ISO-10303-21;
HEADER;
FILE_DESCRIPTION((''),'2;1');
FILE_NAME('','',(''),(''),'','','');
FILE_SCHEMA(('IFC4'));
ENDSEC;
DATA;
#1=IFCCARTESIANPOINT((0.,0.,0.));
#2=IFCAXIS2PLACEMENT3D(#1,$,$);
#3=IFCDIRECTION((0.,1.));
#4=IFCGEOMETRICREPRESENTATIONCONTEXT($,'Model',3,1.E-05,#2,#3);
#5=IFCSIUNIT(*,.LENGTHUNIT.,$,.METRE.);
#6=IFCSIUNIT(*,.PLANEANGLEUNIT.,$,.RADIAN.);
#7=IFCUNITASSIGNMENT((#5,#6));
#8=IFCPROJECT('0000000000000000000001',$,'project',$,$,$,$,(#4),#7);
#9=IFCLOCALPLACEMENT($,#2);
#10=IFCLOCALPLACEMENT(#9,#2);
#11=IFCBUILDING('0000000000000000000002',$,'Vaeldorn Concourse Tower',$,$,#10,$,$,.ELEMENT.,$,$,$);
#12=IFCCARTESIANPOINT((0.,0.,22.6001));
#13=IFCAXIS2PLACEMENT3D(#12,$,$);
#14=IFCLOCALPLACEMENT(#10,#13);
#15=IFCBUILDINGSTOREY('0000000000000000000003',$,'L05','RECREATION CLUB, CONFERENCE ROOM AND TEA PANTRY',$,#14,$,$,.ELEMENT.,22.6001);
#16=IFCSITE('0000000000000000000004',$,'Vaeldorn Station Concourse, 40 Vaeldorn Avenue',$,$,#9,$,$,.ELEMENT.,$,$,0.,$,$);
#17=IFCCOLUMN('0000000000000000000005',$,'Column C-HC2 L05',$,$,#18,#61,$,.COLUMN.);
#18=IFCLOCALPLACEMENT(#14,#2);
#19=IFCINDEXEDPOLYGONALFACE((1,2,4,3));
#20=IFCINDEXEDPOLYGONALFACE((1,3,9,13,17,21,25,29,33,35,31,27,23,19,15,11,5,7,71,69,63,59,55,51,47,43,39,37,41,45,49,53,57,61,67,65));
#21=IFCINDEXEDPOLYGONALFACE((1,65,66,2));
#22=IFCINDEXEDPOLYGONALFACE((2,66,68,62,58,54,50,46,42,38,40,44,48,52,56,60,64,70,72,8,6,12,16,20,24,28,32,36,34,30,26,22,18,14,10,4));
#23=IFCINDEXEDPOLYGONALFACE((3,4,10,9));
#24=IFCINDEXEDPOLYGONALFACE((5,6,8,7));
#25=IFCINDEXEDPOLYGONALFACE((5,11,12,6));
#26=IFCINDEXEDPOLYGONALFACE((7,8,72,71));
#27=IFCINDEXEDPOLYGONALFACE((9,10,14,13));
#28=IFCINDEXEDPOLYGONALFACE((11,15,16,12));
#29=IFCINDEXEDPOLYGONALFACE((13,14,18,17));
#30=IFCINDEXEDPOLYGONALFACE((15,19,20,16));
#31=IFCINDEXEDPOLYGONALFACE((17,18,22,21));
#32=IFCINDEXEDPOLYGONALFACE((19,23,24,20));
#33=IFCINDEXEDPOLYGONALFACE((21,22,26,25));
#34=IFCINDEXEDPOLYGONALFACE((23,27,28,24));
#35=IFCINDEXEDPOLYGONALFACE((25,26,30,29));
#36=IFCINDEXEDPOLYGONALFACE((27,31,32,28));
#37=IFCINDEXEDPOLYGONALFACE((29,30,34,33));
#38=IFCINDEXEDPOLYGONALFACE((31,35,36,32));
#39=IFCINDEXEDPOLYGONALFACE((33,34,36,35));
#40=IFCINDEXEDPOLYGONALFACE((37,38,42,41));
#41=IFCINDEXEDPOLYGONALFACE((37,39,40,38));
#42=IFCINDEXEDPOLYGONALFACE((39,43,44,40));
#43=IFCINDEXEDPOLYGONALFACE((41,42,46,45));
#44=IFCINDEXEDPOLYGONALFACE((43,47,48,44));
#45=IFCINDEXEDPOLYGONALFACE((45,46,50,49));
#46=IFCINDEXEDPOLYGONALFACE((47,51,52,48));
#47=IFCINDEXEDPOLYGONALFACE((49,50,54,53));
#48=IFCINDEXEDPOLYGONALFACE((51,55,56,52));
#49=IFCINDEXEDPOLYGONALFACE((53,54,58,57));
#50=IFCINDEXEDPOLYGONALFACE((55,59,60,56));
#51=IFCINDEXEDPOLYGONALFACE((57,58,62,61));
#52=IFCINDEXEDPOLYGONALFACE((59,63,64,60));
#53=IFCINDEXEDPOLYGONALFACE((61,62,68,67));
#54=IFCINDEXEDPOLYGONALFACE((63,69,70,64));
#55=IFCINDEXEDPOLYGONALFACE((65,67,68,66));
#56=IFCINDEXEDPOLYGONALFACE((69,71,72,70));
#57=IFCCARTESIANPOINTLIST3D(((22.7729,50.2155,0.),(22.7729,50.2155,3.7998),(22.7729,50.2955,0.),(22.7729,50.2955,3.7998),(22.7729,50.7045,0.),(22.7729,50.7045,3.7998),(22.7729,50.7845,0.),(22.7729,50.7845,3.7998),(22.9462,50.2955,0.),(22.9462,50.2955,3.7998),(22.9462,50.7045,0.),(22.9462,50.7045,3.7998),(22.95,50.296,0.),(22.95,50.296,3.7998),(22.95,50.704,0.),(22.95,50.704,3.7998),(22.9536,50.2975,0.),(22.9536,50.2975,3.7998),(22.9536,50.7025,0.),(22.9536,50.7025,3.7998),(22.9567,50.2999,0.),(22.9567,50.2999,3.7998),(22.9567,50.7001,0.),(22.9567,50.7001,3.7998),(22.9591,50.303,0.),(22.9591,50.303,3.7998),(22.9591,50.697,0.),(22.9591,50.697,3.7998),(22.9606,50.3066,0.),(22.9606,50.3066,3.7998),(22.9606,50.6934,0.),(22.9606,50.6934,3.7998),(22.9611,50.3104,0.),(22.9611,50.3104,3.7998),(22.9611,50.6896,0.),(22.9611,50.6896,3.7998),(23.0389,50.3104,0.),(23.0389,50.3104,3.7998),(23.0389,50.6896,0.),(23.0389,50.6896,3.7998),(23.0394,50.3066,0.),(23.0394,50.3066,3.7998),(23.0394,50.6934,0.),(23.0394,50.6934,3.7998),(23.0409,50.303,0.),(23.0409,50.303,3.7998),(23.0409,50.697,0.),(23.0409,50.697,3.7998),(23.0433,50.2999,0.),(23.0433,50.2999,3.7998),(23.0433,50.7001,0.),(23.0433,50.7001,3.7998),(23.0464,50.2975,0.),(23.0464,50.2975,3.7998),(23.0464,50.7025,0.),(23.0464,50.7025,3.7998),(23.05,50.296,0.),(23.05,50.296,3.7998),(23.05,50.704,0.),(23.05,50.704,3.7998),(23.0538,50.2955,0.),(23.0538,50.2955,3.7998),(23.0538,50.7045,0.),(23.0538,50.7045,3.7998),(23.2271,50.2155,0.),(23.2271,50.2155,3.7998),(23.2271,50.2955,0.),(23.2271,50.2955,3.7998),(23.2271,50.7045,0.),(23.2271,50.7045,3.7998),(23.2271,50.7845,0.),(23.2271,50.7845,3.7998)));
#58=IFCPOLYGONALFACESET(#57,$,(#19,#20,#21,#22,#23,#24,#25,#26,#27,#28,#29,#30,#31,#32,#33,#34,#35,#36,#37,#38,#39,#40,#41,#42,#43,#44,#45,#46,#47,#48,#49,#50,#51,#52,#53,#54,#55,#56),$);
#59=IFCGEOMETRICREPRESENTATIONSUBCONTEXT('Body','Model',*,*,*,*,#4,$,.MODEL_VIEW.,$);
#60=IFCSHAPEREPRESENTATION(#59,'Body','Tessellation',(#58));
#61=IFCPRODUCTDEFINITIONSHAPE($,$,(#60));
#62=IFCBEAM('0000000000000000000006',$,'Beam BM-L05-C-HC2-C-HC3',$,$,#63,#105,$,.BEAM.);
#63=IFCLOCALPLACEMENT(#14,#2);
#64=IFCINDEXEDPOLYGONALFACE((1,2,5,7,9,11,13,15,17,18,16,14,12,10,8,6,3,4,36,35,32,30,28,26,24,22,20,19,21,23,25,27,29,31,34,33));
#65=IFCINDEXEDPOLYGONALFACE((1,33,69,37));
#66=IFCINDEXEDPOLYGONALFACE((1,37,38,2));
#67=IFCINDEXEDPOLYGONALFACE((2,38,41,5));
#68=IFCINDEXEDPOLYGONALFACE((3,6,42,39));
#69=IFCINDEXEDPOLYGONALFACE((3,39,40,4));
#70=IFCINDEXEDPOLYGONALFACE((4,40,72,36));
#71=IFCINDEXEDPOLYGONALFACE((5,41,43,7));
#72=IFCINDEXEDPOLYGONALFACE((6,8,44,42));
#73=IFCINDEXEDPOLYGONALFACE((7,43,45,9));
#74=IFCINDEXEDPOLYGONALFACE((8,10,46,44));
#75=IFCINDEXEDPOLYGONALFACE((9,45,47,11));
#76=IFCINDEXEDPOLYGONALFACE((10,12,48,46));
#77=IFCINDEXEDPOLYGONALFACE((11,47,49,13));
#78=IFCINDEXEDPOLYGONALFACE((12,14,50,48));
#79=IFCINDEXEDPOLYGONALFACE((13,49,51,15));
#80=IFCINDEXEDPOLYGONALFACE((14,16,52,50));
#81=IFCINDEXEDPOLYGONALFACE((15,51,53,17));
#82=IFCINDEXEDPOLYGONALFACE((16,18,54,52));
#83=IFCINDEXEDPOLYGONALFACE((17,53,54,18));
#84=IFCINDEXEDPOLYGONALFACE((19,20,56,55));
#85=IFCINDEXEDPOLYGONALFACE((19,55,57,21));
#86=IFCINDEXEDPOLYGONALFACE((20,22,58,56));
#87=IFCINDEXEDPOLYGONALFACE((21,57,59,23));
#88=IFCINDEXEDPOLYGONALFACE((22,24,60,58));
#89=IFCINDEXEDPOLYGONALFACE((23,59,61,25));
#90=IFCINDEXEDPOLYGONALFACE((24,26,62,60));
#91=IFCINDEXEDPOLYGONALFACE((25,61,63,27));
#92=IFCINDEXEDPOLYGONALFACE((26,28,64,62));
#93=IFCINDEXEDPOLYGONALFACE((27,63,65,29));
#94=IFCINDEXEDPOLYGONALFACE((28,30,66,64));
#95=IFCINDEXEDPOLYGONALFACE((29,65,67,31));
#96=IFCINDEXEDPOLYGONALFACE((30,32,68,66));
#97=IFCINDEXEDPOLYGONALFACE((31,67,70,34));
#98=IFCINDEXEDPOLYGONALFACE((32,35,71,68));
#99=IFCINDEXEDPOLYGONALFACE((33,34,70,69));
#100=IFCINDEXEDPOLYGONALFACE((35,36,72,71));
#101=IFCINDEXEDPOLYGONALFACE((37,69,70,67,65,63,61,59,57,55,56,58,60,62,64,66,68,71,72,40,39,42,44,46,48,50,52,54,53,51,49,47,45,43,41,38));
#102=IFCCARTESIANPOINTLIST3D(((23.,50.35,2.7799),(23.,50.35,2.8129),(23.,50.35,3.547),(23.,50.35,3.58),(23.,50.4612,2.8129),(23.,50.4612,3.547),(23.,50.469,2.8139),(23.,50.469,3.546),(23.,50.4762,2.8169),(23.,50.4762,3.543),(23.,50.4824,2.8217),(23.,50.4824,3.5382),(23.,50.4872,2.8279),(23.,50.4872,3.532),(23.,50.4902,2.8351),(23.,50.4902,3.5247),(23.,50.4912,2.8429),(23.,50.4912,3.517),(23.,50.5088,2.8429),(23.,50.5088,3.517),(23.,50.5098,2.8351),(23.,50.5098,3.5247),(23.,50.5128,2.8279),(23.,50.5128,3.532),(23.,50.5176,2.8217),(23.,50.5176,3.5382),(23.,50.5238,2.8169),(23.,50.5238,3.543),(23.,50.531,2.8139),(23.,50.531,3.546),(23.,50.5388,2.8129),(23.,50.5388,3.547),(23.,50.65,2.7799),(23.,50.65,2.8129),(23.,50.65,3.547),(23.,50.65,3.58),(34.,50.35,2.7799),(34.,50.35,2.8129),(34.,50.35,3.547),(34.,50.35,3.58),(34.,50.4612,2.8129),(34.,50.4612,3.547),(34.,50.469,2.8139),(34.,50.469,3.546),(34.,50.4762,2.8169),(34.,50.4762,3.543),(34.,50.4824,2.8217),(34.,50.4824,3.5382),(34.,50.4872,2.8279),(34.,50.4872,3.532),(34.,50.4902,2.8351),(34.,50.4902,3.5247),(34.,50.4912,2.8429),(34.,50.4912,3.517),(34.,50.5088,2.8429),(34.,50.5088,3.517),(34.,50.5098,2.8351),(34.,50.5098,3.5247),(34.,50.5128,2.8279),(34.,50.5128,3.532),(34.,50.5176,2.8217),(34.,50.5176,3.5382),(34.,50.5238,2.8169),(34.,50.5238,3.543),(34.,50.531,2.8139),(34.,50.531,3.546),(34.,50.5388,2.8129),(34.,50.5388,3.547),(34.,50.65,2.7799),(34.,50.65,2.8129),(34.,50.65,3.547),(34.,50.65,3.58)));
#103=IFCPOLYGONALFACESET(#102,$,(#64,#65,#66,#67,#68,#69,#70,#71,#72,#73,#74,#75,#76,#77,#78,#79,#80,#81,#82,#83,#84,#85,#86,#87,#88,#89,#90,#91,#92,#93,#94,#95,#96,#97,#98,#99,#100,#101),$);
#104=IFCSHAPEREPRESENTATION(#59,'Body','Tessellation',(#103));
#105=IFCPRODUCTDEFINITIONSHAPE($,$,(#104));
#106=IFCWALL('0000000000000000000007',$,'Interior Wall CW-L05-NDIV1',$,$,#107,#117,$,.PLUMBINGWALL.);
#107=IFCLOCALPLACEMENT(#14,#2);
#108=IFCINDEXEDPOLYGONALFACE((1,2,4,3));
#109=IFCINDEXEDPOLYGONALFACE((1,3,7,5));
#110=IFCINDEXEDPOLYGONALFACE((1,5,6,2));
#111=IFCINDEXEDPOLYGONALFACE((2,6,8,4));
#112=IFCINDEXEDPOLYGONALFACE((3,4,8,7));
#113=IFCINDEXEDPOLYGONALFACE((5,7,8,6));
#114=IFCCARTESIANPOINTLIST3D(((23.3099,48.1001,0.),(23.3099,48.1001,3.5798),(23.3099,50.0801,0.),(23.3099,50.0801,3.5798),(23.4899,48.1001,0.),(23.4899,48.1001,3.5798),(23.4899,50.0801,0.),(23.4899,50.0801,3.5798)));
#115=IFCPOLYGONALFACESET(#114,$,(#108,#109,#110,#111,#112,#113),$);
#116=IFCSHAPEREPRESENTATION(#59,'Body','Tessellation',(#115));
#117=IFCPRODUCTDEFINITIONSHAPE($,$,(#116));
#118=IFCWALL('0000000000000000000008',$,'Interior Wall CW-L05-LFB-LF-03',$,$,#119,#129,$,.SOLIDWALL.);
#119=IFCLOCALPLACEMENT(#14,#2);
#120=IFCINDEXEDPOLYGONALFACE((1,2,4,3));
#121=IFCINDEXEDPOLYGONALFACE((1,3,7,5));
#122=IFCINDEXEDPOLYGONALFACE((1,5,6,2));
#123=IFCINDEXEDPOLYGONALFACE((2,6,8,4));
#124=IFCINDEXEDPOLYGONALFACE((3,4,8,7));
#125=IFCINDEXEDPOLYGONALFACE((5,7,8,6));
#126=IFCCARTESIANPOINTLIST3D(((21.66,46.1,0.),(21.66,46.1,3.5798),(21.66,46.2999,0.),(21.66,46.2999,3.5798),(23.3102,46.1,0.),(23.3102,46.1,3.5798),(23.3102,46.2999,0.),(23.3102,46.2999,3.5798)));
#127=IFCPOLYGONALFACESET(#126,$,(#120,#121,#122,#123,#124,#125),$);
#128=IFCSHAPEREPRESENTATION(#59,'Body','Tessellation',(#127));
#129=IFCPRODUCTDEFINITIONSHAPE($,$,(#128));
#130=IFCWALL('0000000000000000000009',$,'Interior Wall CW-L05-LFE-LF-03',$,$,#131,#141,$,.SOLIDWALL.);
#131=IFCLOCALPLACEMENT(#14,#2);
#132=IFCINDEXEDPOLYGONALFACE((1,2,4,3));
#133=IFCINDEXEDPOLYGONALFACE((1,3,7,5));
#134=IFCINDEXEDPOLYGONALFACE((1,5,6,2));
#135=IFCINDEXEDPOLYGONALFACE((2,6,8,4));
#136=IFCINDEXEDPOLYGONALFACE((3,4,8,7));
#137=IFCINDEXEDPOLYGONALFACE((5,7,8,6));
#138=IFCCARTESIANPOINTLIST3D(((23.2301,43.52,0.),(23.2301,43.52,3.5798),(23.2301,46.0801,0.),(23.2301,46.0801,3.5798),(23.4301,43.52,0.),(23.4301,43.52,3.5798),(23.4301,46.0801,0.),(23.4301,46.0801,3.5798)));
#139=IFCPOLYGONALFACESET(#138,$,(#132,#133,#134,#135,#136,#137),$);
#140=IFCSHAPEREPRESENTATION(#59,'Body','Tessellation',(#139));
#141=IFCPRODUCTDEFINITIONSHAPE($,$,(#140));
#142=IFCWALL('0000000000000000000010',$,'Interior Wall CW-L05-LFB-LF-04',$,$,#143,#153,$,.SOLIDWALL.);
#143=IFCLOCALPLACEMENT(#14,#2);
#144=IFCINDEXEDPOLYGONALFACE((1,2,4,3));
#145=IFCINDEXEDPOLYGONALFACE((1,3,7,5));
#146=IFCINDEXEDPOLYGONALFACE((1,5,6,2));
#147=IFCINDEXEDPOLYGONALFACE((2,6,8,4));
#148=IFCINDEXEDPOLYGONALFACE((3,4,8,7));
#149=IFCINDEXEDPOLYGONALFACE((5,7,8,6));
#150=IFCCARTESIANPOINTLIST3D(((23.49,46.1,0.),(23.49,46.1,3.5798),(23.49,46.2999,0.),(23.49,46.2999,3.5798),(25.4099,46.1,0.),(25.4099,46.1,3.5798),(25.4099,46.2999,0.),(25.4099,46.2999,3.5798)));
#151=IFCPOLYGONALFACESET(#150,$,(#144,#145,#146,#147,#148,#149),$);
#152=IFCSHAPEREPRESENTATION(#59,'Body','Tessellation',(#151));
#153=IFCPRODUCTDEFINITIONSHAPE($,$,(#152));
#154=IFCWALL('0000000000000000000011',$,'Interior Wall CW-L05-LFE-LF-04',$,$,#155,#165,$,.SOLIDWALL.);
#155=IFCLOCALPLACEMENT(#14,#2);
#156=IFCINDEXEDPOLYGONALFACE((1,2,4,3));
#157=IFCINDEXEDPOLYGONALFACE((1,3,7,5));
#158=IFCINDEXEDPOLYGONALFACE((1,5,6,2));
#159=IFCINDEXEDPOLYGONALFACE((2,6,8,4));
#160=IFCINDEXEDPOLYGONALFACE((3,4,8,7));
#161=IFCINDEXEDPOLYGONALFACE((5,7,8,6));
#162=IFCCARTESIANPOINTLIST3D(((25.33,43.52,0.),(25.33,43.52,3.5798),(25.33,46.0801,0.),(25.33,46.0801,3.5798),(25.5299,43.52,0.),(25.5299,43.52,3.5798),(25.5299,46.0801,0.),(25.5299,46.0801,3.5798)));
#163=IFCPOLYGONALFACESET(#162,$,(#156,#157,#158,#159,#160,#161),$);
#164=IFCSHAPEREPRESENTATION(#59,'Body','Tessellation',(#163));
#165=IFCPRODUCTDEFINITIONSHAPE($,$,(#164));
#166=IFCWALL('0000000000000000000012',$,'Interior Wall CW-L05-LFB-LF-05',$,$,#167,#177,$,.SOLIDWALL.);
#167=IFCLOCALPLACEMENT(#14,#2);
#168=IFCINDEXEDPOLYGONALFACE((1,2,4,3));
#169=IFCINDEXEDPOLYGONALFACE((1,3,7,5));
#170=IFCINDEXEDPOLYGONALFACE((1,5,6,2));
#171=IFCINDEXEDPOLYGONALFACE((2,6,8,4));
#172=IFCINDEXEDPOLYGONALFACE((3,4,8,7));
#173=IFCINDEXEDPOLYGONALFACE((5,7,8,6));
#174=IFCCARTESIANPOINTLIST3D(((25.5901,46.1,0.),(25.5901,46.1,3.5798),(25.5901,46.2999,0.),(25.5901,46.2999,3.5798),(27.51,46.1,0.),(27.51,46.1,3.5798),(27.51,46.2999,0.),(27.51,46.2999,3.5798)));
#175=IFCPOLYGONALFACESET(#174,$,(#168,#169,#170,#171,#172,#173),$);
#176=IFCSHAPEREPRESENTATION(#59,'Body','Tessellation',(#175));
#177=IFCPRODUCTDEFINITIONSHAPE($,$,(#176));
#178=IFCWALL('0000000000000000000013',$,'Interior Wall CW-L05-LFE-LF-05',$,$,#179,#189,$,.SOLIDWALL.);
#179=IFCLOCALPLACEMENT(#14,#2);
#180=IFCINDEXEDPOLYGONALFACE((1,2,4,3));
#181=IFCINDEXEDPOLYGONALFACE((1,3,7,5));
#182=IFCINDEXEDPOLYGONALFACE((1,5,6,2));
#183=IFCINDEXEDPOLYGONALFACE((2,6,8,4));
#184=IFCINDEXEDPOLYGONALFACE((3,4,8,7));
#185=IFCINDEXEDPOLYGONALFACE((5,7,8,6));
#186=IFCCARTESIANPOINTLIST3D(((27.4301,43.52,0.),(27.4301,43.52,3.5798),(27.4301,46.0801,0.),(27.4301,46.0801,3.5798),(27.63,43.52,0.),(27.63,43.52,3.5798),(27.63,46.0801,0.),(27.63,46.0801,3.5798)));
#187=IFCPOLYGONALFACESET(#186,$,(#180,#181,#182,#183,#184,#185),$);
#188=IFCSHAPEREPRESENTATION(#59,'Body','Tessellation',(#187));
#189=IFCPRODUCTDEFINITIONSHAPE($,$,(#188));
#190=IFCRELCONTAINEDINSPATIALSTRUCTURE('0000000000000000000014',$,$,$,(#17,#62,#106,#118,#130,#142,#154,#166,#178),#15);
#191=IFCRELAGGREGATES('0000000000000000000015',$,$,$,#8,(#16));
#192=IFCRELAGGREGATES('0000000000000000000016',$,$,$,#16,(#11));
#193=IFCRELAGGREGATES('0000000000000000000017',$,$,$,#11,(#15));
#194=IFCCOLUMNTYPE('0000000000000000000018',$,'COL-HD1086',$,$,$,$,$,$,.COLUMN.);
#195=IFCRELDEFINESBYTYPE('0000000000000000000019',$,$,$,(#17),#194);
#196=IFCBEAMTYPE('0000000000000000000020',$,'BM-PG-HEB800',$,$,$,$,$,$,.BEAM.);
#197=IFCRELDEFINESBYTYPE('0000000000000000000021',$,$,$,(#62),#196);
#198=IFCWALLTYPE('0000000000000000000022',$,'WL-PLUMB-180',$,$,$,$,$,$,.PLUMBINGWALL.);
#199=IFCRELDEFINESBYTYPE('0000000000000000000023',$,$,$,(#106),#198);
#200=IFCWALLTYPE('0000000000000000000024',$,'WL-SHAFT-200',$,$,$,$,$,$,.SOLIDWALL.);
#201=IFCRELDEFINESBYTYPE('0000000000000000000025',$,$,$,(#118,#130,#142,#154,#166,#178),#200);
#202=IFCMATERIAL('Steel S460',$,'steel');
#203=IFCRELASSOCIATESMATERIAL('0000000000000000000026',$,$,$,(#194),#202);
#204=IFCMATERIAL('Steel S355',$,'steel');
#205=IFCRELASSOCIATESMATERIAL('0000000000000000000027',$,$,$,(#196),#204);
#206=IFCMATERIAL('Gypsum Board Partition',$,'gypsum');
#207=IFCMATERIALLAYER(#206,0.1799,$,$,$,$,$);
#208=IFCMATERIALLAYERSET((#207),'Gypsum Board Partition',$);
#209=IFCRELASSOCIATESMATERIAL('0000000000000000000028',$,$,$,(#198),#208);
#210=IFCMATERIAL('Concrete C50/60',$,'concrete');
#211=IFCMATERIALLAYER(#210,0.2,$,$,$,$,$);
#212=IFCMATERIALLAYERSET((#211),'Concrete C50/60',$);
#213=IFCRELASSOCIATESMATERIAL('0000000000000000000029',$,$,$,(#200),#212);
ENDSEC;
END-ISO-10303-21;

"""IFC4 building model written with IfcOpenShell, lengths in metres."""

from ifc_helpers import new_model, si_unit, direction, frame, frame_2d, origin, origin_2d, place, context, subcontext, project, spatial, rectangle, i_section, extrude, source, transform, mapped, material, layer, layer_set, material_profile, profile_set, type_object, element, save


model = new_model("IFC4")

# Units and contexts
model_context = context("Model", 3, precision=1e-05, world=origin(), true_north=direction((0.0, 1.0)))
body_context = subcontext(model_context, "Body", "Model", "MODEL_VIEW")
ifc_project = project(units=[si_unit("LENGTHUNIT", "METRE"), si_unit("PLANEANGLEUNIT", "RADIAN")], contexts=[model_context])

# Site, building, storey
site_placement = place(None, origin())
site = spatial("IfcSite", under=ifc_project, at=site_placement, Name="Vaeldorn Station Concourse, 40 Vaeldorn Avenue", CompositionType="ELEMENT", RefElevation=0.0)
building_placement = place(site_placement, origin())
building = spatial("IfcBuilding", under=site, at=building_placement, Name="Vaeldorn Concourse Tower", CompositionType="ELEMENT")
storey_placement = place(building_placement, frame((0.0, 0.0, 22.6001)))
storey = spatial("IfcBuildingStorey", under=building, at=storey_placement, Name="L05", Description="RECREATION CLUB, CONFERENCE ROOM AND TEA PANTRY", CompositionType="ELEMENT", Elevation=22.6001)

# Column
ifc_material_1 = material(Name="Steel S460", Category="steel")
ifc_material_profile_1 = material_profile(ifc_material_1, i_section(OverallWidth=0.4541, OverallDepth=0.5691, WebThickness=0.0779, FlangeThickness=0.0801, FilletRadius=0.0149, at=origin_2d()), Name="HD 400x1086")
ifc_profile_set_1 = profile_set([ifc_material_profile_1], Name="Steel S460")
column_type = type_object("IfcColumnType", Name="COL-HD1086", PredefinedType="COLUMN", material=ifc_profile_set_1)
shared_shape_1 = source(origin(), body_context, "Body", "SweptSolid", [
    extrude(i_section(OverallWidth=0.4541, OverallDepth=0.5691, WebThickness=0.0779, FlangeThickness=0.0801, FilletRadius=0.0149, at=origin_2d()), origin(), (0.0, 0.0, 1.0), 3.7998),
])
column_placement = place(storey_placement, frame((23.0, 50.5, 0.0), z_axis=(0.0, 0.0, 1.0), x_axis=(1.0, 0.0, 0.0)))
element("IfcColumn", 1, at=column_placement, inside=storey, type_object=column_type, Name="Column C-HC2 L05", PredefinedType="COLUMN", context=body_context, shape_type="MappedRepresentation", body=[
    mapped(shared_shape_1, transform((0.0, 0.0, 0.0), scale=1.0)),
])

# Beam
ifc_material_2 = material(Name="Steel S355", Category="steel")
ifc_material_profile_2 = material_profile(ifc_material_2, i_section(OverallWidth=0.3, OverallDepth=0.8, WebThickness=0.0176, FlangeThickness=0.033, FilletRadius=0.03, at=origin_2d()), Name="HEB 800")
ifc_profile_set_2 = profile_set([ifc_material_profile_2], Name="Steel S355")
beam_type = type_object("IfcBeamType", Name="BM-PG-HEB800", PredefinedType="BEAM", material=ifc_profile_set_2)
shared_shape_2 = source(origin(), body_context, "Body", "SweptSolid", [
    extrude(i_section(OverallWidth=0.3, OverallDepth=0.8, WebThickness=0.0176, FlangeThickness=0.033, FilletRadius=0.03, at=origin_2d()), origin(), (0.0, 0.0, 1.0), 11.0),
])
beam_placement = place(storey_placement, frame((23.0, 50.5, 3.1799), z_axis=(1.0, 0.0, 0.0), x_axis=(0.0, 1.0, 0.0)))
element("IfcBeam", 2, at=beam_placement, inside=storey, type_object=beam_type, Name="Beam BM-L05-C-HC2-C-HC3", PredefinedType="BEAM", context=body_context, shape_type="MappedRepresentation", body=[
    mapped(shared_shape_2, transform((0.0, 0.0, 0.0), scale=1.0)),
])

# Walls
ifc_material_3 = material(Name="Gypsum Board Partition", Category="gypsum")
ifc_layer_1 = layer(ifc_material_3, 0.1799)
ifc_layer_set_1 = layer_set([ifc_layer_1], Name="Gypsum Board Partition")
wall_type_1 = type_object("IfcWallType", Name="WL-PLUMB-180", PredefinedType="PLUMBINGWALL", material=ifc_layer_set_1)
wall_1_placement = place(storey_placement, frame((23.3999, 48.1001, 0.0), z_axis=(0.0, 0.0, 1.0), x_axis=(0.0, 1.0, 0.0)))
element("IfcWall", 3, at=wall_1_placement, inside=storey, type_object=wall_type_1, Name="Interior Wall CW-L05-NDIV1", PredefinedType="PLUMBINGWALL", context=body_context, shape_type="SweptSolid", body=[
    extrude(rectangle(XDim=1.98, YDim=0.1799, at=frame_2d((0.99, 0.0))), origin(), (0.0, 0.0, 1.0), 3.5798),
])
ifc_material_4 = material(Name="Concrete C50/60", Category="concrete")
ifc_layer_2 = layer(ifc_material_4, 0.2)
ifc_layer_set_2 = layer_set([ifc_layer_2], Name="Concrete C50/60")
wall_type_2 = type_object("IfcWallType", Name="WL-SHAFT-200", PredefinedType="SOLIDWALL", material=ifc_layer_set_2)
wall_2_placement = place(storey_placement, frame((21.6599, 46.2, 0.0), z_axis=(0.0, 0.0, 1.0), x_axis=(1.0, 0.0, 0.0)))
element("IfcWall", 4, at=wall_2_placement, inside=storey, type_object=wall_type_2, Name="Interior Wall CW-L05-LFB-LF-03", PredefinedType="SOLIDWALL", context=body_context, shape_type="SweptSolid", body=[
    extrude(rectangle(XDim=1.6501, YDim=0.2, at=frame_2d((0.8252, 0.0))), origin(), (0.0, 0.0, 1.0), 3.5798),
])
wall_3_placement = place(storey_placement, frame((23.3301, 43.52, 0.0), z_axis=(0.0, 0.0, 1.0), x_axis=(0.0, 1.0, 0.0)))
element("IfcWall", 5, at=wall_3_placement, inside=storey, type_object=wall_type_2, Name="Interior Wall CW-L05-LFE-LF-03", PredefinedType="SOLIDWALL", context=body_context, shape_type="SweptSolid", body=[
    extrude(rectangle(XDim=2.5601, YDim=0.2, at=frame_2d((1.28, 0.0))), origin(), (0.0, 0.0, 1.0), 3.5798),
])

# Walls
wall_4_placement = place(storey_placement, frame((23.49, 46.2, 0.0), z_axis=(0.0, 0.0, 1.0), x_axis=(1.0, 0.0, 0.0)))
element("IfcWall", 6, at=wall_4_placement, inside=storey, type_object=wall_type_2, Name="Interior Wall CW-L05-LFB-LF-04", PredefinedType="SOLIDWALL", context=body_context, shape_type="SweptSolid", body=[
    extrude(rectangle(XDim=1.9199, YDim=0.2, at=frame_2d((0.96, 0.0))), origin(), (0.0, 0.0, 1.0), 3.5798),
])
wall_5_placement = place(storey_placement, frame((25.4299, 43.52, 0.0), z_axis=(0.0, 0.0, 1.0), x_axis=(0.0, 1.0, 0.0)))
element("IfcWall", 7, at=wall_5_placement, inside=storey, type_object=wall_type_2, Name="Interior Wall CW-L05-LFE-LF-04", PredefinedType="SOLIDWALL", context=body_context, shape_type="SweptSolid", body=[
    extrude(rectangle(XDim=2.5601, YDim=0.2, at=frame_2d((1.28, 0.0))), origin(), (0.0, 0.0, 1.0), 3.5798),
])

# Walls
wall_6_placement = place(storey_placement, frame((25.5901, 46.2, 0.0), z_axis=(0.0, 0.0, 1.0), x_axis=(1.0, 0.0, 0.0)))
element("IfcWall", 8, at=wall_6_placement, inside=storey, type_object=wall_type_2, Name="Interior Wall CW-L05-LFB-LF-05", PredefinedType="SOLIDWALL", context=body_context, shape_type="SweptSolid", body=[
    extrude(rectangle(XDim=1.9199, YDim=0.2, at=frame_2d((0.96, 0.0))), origin(), (0.0, 0.0, 1.0), 3.5798),
])
wall_7_placement = place(storey_placement, frame((27.53, 43.52, 0.0), z_axis=(0.0, 0.0, 1.0), x_axis=(0.0, 1.0, 0.0)))
element("IfcWall", 9, at=wall_7_placement, inside=storey, type_object=wall_type_2, Name="Interior Wall CW-L05-LFE-LF-05", PredefinedType="SOLIDWALL", context=body_context, shape_type="SweptSolid", body=[
    extrude(rectangle(XDim=2.5601, YDim=0.2, at=frame_2d((1.28, 0.0))), origin(), (0.0, 0.0, 1.0), 3.5798),
])

save(model, "model.ifc")
